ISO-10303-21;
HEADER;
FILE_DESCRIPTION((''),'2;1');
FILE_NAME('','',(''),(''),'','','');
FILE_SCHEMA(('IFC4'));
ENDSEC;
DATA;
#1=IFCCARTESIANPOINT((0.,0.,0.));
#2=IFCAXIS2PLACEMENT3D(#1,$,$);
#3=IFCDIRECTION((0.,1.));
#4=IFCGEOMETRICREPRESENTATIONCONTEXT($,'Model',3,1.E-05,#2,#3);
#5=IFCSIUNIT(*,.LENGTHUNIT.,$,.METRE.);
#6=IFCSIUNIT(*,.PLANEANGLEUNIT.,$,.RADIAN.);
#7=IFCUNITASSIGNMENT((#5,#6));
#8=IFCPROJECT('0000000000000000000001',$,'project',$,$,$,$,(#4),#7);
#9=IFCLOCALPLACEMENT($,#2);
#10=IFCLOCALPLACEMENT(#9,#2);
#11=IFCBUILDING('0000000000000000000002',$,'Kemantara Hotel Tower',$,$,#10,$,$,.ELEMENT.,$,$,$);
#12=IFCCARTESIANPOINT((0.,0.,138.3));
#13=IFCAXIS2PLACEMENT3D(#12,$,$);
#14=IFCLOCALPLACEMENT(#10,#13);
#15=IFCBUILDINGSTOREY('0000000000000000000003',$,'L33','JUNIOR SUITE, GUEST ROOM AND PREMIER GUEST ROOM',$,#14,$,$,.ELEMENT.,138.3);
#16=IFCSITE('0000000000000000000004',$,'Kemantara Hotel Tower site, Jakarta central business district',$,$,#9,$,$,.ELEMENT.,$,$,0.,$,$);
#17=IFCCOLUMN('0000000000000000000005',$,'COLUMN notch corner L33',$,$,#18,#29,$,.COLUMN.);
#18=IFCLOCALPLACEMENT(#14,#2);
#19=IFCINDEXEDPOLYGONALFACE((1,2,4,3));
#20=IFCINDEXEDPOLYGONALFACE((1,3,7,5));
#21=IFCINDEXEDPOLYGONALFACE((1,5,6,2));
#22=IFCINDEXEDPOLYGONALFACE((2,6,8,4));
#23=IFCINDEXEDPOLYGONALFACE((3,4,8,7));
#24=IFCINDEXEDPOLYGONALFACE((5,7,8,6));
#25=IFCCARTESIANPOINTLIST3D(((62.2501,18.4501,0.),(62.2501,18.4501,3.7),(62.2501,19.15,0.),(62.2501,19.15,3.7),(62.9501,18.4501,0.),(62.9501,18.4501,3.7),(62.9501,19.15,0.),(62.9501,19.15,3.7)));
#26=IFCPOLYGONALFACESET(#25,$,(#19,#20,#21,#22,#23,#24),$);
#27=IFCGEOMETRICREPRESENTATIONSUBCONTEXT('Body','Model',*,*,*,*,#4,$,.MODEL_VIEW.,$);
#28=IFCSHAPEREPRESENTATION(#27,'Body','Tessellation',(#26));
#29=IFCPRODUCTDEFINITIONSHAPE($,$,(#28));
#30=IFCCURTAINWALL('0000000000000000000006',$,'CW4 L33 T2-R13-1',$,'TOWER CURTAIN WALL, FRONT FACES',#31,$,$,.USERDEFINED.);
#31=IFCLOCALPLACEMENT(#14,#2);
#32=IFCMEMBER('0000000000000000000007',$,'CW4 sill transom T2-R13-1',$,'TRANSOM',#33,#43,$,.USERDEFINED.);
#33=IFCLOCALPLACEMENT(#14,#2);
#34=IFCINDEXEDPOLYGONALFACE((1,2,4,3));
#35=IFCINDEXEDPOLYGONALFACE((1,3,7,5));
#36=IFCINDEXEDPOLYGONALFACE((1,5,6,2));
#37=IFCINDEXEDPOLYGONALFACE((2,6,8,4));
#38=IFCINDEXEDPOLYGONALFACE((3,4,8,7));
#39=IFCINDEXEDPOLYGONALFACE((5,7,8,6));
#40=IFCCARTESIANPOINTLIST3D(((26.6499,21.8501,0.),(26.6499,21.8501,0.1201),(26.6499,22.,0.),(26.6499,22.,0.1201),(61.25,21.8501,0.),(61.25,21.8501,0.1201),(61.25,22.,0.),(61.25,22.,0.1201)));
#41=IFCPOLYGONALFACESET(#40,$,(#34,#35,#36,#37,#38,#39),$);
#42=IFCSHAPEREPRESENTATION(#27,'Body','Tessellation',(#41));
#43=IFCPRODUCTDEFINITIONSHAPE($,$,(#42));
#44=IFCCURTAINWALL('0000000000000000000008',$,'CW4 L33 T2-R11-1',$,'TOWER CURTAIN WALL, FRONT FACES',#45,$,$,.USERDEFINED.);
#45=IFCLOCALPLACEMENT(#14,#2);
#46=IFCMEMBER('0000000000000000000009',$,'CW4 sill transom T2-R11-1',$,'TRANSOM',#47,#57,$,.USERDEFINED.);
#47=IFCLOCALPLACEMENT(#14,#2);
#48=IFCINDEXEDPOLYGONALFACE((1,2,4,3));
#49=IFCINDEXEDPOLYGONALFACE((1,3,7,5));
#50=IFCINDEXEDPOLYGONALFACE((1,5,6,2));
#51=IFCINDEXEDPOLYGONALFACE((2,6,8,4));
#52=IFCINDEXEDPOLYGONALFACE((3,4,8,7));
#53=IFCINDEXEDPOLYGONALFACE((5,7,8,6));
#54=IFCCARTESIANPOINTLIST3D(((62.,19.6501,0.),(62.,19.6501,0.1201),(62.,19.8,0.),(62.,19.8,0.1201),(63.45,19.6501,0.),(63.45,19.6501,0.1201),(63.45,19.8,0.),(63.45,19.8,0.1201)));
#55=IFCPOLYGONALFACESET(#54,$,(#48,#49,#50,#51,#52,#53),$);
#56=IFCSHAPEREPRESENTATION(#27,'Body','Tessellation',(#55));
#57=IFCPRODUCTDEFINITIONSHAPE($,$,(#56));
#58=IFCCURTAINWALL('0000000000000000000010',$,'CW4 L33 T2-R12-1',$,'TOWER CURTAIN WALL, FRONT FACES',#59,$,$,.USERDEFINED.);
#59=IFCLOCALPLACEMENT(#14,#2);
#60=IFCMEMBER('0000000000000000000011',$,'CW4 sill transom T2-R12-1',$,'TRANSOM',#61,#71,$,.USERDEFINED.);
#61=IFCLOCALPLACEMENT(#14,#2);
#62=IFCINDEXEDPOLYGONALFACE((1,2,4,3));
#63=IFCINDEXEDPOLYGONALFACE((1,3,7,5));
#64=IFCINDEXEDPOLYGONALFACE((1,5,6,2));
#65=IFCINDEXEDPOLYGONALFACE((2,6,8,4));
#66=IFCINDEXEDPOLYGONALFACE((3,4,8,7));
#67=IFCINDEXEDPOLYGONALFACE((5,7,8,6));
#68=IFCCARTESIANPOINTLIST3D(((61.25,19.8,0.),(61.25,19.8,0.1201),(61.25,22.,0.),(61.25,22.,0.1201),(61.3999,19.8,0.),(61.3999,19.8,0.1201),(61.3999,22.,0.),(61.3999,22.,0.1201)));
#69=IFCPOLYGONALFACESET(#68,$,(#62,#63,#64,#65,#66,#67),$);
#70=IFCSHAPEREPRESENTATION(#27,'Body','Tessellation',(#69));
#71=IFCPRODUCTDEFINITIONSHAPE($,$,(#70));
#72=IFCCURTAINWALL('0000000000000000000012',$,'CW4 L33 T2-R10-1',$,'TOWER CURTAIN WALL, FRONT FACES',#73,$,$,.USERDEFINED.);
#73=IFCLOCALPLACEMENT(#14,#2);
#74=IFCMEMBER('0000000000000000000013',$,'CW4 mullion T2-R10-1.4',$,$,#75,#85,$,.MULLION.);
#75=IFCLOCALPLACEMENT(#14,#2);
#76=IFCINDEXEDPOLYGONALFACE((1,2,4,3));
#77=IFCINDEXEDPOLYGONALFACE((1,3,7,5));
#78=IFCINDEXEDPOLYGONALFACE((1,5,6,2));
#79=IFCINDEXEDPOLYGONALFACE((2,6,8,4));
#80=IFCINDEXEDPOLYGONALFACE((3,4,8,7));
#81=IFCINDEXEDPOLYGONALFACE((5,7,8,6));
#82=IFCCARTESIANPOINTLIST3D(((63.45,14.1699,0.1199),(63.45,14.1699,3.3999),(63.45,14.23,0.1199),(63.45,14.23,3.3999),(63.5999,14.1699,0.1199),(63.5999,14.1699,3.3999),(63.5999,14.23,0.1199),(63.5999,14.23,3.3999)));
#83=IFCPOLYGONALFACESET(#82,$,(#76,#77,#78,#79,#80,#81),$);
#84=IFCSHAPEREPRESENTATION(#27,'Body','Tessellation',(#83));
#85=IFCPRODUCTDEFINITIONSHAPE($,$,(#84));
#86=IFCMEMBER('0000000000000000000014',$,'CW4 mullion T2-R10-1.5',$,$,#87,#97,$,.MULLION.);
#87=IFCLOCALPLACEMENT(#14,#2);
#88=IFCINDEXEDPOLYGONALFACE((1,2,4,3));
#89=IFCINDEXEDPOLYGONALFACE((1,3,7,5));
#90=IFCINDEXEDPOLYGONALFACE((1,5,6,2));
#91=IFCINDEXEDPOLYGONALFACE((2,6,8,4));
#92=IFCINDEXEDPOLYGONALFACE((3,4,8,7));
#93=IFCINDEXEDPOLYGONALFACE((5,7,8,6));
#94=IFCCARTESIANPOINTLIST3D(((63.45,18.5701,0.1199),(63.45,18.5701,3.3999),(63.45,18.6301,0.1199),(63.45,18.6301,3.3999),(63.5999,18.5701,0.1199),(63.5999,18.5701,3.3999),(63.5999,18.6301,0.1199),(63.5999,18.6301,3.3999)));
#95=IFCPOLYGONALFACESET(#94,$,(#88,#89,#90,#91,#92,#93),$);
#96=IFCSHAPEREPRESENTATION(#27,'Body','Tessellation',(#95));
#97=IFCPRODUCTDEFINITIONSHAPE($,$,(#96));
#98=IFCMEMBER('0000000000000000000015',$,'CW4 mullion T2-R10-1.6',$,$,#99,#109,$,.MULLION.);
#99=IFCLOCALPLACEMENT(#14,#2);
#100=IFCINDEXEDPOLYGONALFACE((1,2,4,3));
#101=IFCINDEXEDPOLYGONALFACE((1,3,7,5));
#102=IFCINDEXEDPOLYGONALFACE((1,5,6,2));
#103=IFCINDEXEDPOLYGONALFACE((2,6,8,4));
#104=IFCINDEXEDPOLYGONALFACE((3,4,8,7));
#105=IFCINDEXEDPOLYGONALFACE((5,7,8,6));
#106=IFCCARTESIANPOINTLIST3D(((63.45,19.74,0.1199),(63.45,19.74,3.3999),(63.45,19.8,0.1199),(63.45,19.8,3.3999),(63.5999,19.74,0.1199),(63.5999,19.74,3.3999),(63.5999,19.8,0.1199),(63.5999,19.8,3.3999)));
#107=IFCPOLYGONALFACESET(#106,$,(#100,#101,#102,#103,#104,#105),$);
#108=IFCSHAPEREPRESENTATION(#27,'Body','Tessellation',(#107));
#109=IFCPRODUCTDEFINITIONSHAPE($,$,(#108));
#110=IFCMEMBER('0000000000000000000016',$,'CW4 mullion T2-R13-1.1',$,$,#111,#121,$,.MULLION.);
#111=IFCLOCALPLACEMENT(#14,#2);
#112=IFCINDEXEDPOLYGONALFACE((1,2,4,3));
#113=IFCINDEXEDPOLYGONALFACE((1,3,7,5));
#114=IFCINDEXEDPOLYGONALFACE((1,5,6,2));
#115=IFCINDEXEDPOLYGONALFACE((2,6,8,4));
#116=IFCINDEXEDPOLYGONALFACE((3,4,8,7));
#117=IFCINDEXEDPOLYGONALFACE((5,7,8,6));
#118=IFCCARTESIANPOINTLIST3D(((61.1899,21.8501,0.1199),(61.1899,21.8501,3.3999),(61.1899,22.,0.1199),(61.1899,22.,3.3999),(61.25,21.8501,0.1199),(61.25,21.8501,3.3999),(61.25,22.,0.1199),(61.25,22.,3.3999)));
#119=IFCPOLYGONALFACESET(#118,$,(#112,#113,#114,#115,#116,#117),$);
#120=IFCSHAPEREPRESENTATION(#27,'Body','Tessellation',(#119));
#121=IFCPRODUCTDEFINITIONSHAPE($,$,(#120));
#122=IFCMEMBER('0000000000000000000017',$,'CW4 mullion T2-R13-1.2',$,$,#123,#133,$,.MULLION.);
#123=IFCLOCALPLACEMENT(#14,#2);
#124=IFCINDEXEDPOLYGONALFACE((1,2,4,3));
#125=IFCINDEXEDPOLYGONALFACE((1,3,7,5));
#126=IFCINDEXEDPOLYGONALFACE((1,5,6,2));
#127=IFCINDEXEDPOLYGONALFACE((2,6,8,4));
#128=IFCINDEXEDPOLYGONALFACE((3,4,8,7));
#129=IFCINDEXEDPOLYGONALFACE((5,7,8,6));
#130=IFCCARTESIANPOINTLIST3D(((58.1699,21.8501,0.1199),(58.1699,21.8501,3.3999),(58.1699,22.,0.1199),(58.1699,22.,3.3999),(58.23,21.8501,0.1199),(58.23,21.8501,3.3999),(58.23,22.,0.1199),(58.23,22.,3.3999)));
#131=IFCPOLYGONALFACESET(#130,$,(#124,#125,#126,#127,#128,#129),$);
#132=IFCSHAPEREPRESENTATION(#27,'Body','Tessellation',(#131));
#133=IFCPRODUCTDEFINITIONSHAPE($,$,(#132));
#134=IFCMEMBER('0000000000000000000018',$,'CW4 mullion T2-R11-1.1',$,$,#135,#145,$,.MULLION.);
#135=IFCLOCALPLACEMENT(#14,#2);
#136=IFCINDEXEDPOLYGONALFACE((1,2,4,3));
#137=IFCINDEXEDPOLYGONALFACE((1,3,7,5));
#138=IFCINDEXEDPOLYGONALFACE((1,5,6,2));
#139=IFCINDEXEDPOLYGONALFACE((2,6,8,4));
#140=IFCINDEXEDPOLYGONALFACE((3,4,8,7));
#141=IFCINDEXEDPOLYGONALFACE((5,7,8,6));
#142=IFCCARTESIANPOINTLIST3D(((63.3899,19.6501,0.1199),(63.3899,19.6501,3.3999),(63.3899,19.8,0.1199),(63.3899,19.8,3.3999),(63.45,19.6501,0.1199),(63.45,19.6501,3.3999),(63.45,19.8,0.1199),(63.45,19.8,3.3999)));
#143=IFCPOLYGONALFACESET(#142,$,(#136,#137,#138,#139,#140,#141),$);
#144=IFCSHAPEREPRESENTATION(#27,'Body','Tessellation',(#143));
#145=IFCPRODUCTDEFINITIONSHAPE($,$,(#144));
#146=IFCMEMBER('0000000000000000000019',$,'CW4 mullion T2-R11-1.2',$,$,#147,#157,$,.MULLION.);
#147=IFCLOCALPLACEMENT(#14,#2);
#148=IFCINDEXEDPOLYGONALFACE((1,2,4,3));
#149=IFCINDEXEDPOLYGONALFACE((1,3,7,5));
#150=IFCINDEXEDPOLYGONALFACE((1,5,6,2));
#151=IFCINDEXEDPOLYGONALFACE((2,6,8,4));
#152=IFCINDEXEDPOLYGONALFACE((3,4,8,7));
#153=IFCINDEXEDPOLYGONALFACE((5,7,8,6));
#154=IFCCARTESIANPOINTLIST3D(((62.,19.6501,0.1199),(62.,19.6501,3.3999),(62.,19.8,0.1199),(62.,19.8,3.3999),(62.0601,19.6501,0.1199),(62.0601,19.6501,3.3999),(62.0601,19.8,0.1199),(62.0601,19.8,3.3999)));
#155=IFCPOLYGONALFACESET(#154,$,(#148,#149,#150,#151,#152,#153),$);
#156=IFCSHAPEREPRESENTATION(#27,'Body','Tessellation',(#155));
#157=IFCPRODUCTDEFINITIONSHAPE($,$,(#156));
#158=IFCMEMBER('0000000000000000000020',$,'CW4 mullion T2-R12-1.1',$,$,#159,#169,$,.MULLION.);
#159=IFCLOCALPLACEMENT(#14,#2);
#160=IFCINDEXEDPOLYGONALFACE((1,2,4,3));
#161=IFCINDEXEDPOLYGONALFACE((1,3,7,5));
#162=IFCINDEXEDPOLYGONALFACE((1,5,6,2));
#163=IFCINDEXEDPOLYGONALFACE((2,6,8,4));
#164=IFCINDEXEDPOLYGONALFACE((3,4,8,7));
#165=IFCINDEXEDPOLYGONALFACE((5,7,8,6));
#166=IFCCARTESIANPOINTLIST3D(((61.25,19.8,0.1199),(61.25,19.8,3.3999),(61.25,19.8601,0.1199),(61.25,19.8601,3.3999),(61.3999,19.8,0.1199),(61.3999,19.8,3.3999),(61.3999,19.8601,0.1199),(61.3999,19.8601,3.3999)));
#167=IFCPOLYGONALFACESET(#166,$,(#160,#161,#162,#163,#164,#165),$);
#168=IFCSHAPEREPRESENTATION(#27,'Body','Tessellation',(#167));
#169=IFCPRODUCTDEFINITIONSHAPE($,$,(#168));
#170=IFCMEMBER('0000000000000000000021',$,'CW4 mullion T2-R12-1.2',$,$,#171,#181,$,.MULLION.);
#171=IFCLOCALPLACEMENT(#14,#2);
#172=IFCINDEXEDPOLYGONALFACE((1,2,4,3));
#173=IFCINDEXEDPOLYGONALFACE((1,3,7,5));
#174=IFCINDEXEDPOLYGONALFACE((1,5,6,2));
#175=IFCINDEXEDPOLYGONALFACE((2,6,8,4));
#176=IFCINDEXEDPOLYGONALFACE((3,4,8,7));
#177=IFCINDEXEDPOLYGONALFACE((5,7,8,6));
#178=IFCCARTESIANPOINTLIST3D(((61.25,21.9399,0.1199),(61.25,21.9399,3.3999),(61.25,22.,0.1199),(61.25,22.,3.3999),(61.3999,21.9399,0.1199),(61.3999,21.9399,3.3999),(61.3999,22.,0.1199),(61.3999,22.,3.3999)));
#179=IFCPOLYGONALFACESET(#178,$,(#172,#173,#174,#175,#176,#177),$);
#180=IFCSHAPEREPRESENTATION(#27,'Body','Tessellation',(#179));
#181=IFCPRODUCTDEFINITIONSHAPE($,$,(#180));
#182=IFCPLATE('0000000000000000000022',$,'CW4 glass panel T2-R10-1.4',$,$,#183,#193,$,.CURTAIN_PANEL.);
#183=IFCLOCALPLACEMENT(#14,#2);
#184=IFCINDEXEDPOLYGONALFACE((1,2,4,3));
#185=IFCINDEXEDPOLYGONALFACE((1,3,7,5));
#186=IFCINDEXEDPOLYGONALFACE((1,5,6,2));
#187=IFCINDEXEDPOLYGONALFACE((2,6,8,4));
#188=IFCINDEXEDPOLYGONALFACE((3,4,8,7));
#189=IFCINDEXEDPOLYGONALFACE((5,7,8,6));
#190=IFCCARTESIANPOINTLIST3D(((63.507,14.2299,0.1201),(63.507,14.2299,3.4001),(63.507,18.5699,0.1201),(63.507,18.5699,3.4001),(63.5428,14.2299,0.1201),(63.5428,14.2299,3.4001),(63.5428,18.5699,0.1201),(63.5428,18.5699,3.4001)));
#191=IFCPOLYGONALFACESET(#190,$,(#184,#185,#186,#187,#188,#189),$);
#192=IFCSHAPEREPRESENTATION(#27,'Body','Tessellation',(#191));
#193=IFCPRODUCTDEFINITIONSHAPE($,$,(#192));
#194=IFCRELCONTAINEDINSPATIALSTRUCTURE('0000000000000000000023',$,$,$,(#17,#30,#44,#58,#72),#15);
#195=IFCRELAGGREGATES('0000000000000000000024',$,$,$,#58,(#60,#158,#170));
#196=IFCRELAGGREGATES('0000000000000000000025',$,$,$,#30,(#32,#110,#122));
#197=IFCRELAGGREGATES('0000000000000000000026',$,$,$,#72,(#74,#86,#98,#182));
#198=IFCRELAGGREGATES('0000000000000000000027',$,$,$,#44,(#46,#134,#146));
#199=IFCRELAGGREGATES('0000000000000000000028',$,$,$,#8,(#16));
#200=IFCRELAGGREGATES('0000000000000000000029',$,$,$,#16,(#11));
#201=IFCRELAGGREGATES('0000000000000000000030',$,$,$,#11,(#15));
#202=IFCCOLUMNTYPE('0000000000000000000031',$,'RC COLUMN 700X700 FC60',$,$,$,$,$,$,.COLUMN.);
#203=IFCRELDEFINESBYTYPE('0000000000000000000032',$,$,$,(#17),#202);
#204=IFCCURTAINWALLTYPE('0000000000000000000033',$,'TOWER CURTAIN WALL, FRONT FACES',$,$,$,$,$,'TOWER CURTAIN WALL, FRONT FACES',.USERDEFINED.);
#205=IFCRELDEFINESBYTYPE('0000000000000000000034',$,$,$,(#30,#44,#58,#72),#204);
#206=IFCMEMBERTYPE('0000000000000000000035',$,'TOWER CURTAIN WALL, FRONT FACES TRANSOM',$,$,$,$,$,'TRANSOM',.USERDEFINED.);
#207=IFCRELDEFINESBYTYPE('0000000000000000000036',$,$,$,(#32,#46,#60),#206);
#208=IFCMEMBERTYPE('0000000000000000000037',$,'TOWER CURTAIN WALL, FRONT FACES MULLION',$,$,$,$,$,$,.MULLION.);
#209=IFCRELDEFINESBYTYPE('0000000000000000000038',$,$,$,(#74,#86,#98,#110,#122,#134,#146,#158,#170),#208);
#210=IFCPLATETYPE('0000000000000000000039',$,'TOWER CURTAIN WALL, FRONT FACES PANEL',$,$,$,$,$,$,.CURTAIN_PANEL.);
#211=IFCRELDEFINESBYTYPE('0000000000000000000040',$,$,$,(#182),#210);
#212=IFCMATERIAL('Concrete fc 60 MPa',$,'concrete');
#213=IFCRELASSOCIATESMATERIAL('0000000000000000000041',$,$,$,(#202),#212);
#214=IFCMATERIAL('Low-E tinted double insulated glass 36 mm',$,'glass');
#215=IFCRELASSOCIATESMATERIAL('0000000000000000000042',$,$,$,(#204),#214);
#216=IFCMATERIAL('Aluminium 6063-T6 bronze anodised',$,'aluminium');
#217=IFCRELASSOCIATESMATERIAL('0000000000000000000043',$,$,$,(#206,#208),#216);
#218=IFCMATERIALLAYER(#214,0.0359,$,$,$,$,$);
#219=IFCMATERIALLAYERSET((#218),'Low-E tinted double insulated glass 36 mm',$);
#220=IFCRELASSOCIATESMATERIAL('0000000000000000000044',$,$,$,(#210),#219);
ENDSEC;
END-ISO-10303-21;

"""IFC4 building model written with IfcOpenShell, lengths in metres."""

from ifc_helpers import new_model, si_unit, direction, frame, origin, origin_2d, place, context, subcontext, project, spatial, rectangle, extrude, source, transform, mapped, material, layer, layer_set, material_profile, profile_set, type_object, element, aggregate, save


model = new_model("IFC4")

# Units and contexts
model_context = context("Model", 3, precision=1e-05, world=origin(), true_north=direction((0.0, 1.0)))
body_context = subcontext(model_context, "Body", "Model", "MODEL_VIEW")
ifc_project = project(units=[si_unit("LENGTHUNIT", "METRE"), si_unit("PLANEANGLEUNIT", "RADIAN")], contexts=[model_context])

# Site, building, storey
site_placement = place(None, origin())
site = spatial("IfcSite", under=ifc_project, at=site_placement, Name="Kemantara Hotel Tower site, Jakarta central business district", CompositionType="ELEMENT", RefElevation=0.0)
building_placement = place(site_placement, origin())
building = spatial("IfcBuilding", under=site, at=building_placement, Name="Kemantara Hotel Tower", CompositionType="ELEMENT")
storey_placement = place(building_placement, frame((0.0, 0.0, 138.3)))
storey = spatial("IfcBuildingStorey", under=building, at=storey_placement, Name="L33", Description="JUNIOR SUITE, GUEST ROOM AND PREMIER GUEST ROOM", CompositionType="ELEMENT", Elevation=138.3)

# Column
ifc_material_1 = material(Name="Concrete fc 60 MPa", Category="concrete")
ifc_material_profile_1 = material_profile(ifc_material_1, rectangle(XDim=0.7, YDim=0.7, at=origin_2d()), Name="RC 700X700")
ifc_profile_set_1 = profile_set([ifc_material_profile_1], Name="Concrete fc 60 MPa")
column_type = type_object("IfcColumnType", Name="RC COLUMN 700X700 FC60", PredefinedType="COLUMN", material=ifc_profile_set_1)
column_placement = place(storey_placement, frame((62.6001, 18.8, 0.0), z_axis=(0.0, 0.0, 1.0), x_axis=(1.0, 0.0, 0.0)))
element("IfcColumn", 1, at=column_placement, inside=storey, type_object=column_type, Name="COLUMN notch corner L33", PredefinedType="COLUMN", context=body_context, shape_type="SweptSolid", body=[
    extrude(rectangle(XDim=0.7, YDim=0.7, at=origin_2d()), origin(), (0.0, 0.0, 1.0), 3.7),
])

# Curtain walls, members
ifc_material_2 = material(Name="Low-E tinted double insulated glass 36 mm", Category="glass")
curtain_wall_type = type_object("IfcCurtainWallType", Name="TOWER CURTAIN WALL, FRONT FACES", ElementType="TOWER CURTAIN WALL, FRONT FACES", PredefinedType="USERDEFINED", material=ifc_material_2)
curtain_wall_1_placement = place(storey_placement, origin())
curtain_wall_1 = element("IfcCurtainWall", 2, at=curtain_wall_1_placement, inside=storey, type_object=curtain_wall_type, Name="CW4 L33 T2-R13-1", ObjectType="TOWER CURTAIN WALL, FRONT FACES", PredefinedType="USERDEFINED")
ifc_material_3 = material(Name="Aluminium 6063-T6 bronze anodised", Category="aluminium")
ifc_material_profile_2 = material_profile(ifc_material_3, rectangle(XDim=0.1499, YDim=0.1201, at=origin_2d()), Name="TOWER CURTAIN WALL, FRONT FACES TRANSOM")
ifc_profile_set_2 = profile_set([ifc_material_profile_2], Name="Aluminium 6063-T6 bronze anodised")
member_type_1 = type_object("IfcMemberType", Name="TOWER CURTAIN WALL, FRONT FACES TRANSOM", ElementType="TRANSOM", PredefinedType="USERDEFINED", material=ifc_profile_set_2)
member_1_placement = place(storey_placement, frame((61.25, 21.925, 0.0601), z_axis=(-1.0, 0.0, 0.0), x_axis=(0.0, -1.0, 0.0)))
member_1 = element("IfcMember", 3, at=member_1_placement, type_object=member_type_1, Name="CW4 sill transom T2-R13-1", ObjectType="TRANSOM", PredefinedType="USERDEFINED", context=body_context, shape_type="SweptSolid", body=[
    extrude(rectangle(XDim=0.1499, YDim=0.1201, at=origin_2d()), origin(), (0.0, 0.0, 1.0), 34.6001),
])
curtain_wall_2_placement = place(storey_placement, origin())
curtain_wall_2 = element("IfcCurtainWall", 4, at=curtain_wall_2_placement, inside=storey, type_object=curtain_wall_type, Name="CW4 L33 T2-R11-1", ObjectType="TOWER CURTAIN WALL, FRONT FACES", PredefinedType="USERDEFINED")
member_2_placement = place(storey_placement, frame((63.45, 19.7251, 0.0601), z_axis=(-1.0, 0.0, 0.0), x_axis=(0.0, -1.0, 0.0)))
member_2 = element("IfcMember", 5, at=member_2_placement, type_object=member_type_1, Name="CW4 sill transom T2-R11-1", ObjectType="TRANSOM", PredefinedType="USERDEFINED", context=body_context, shape_type="SweptSolid", body=[
    extrude(rectangle(XDim=0.1499, YDim=0.1201, at=origin_2d()), origin(), (0.0, 0.0, 1.0), 1.45),
])
curtain_wall_3_placement = place(storey_placement, origin())
curtain_wall_3 = element("IfcCurtainWall", 6, at=curtain_wall_3_placement, inside=storey, type_object=curtain_wall_type, Name="CW4 L33 T2-R12-1", ObjectType="TOWER CURTAIN WALL, FRONT FACES", PredefinedType="USERDEFINED")
member_3_placement = place(storey_placement, frame((61.325, 19.8, 0.0601), z_axis=(0.0, 1.0, 0.0), x_axis=(-1.0, 0.0, 0.0)))
member_3 = element("IfcMember", 7, at=member_3_placement, type_object=member_type_1, Name="CW4 sill transom T2-R12-1", ObjectType="TRANSOM", PredefinedType="USERDEFINED", context=body_context, shape_type="SweptSolid", body=[
    extrude(rectangle(XDim=0.1499, YDim=0.1201, at=origin_2d()), origin(), (0.0, 0.0, 1.0), 2.2),
])

# Curtain wall, members
curtain_wall_4_placement = place(storey_placement, origin())
curtain_wall_4 = element("IfcCurtainWall", 8, at=curtain_wall_4_placement, inside=storey, type_object=curtain_wall_type, Name="CW4 L33 T2-R10-1", ObjectType="TOWER CURTAIN WALL, FRONT FACES", PredefinedType="USERDEFINED")
ifc_material_profile_3 = material_profile(ifc_material_3, rectangle(XDim=0.1499, YDim=0.0601, at=origin_2d()), Name="TOWER CURTAIN WALL, FRONT FACES MULLION")
ifc_profile_set_3 = profile_set([ifc_material_profile_3], Name="Aluminium 6063-T6 bronze anodised")
member_type_2 = type_object("IfcMemberType", Name="TOWER CURTAIN WALL, FRONT FACES MULLION", PredefinedType="MULLION", material=ifc_profile_set_3)
shared_shape_1 = source(origin(), body_context, "Body", "SweptSolid", [
    extrude(rectangle(XDim=0.1499, YDim=0.0601, at=origin_2d()), origin(), (0.0, 0.0, 1.0), 3.28),
])
member_4_placement = place(storey_placement, frame((63.5249, 14.2, 0.1199), z_axis=(0.0, 0.0, 1.0), x_axis=(-1.0, 0.0, 0.0)))
member_4 = element("IfcMember", 9, at=member_4_placement, type_object=member_type_2, Name="CW4 mullion T2-R10-1.4", PredefinedType="MULLION", context=body_context, shape_type="MappedRepresentation", body=[
    mapped(shared_shape_1, transform((0.0, 0.0, 0.0))),
])
member_5_placement = place(storey_placement, frame((63.5249, 18.6001, 0.1199), z_axis=(0.0, 0.0, 1.0), x_axis=(-1.0, 0.0, 0.0)))
member_5 = element("IfcMember", 10, at=member_5_placement, type_object=member_type_2, Name="CW4 mullion T2-R10-1.5", PredefinedType="MULLION", context=body_context, shape_type="MappedRepresentation", body=[
    mapped(shared_shape_1, transform((0.0, 0.0, 0.0))),
])
member_6_placement = place(storey_placement, frame((63.5249, 19.77, 0.1199), z_axis=(0.0, 0.0, 1.0), x_axis=(-1.0, 0.0, 0.0)))
member_6 = element("IfcMember", 11, at=member_6_placement, type_object=member_type_2, Name="CW4 mullion T2-R10-1.6", PredefinedType="MULLION", context=body_context, shape_type="MappedRepresentation", body=[
    mapped(shared_shape_1, transform((0.0, 0.0, 0.0))),
])

# Members
member_7_placement = place(storey_placement, frame((61.22, 21.925, 0.1199), z_axis=(0.0, 0.0, 1.0), x_axis=(0.0, -1.0, 0.0)))
member_7 = element("IfcMember", 12, at=member_7_placement, type_object=member_type_2, Name="CW4 mullion T2-R13-1.1", PredefinedType="MULLION", context=body_context, shape_type="MappedRepresentation", body=[
    mapped(shared_shape_1, transform((0.0, 0.0, 0.0))),
])
member_8_placement = place(storey_placement, frame((58.2, 21.925, 0.1199), z_axis=(0.0, 0.0, 1.0), x_axis=(0.0, -1.0, 0.0)))
member_8 = element("IfcMember", 13, at=member_8_placement, type_object=member_type_2, Name="CW4 mullion T2-R13-1.2", PredefinedType="MULLION", context=body_context, shape_type="MappedRepresentation", body=[
    mapped(shared_shape_1, transform((0.0, 0.0, 0.0))),
])
member_9_placement = place(storey_placement, frame((63.4199, 19.7251, 0.1199), z_axis=(0.0, 0.0, 1.0), x_axis=(0.0, -1.0, 0.0)))
member_9 = element("IfcMember", 14, at=member_9_placement, type_object=member_type_2, Name="CW4 mullion T2-R11-1.1", PredefinedType="MULLION", context=body_context, shape_type="MappedRepresentation", body=[
    mapped(shared_shape_1, transform((0.0, 0.0, 0.0))),
])
member_10_placement = place(storey_placement, frame((62.03, 19.7251, 0.1199), z_axis=(0.0, 0.0, 1.0), x_axis=(0.0, -1.0, 0.0)))
member_10 = element("IfcMember", 15, at=member_10_placement, type_object=member_type_2, Name="CW4 mullion T2-R11-1.2", PredefinedType="MULLION", context=body_context, shape_type="MappedRepresentation", body=[
    mapped(shared_shape_1, transform((0.0, 0.0, 0.0))),
])
member_11_placement = place(storey_placement, frame((61.325, 19.8301, 0.1199), z_axis=(0.0, 0.0, 1.0), x_axis=(-1.0, 0.0, 0.0)))
member_11 = element("IfcMember", 16, at=member_11_placement, type_object=member_type_2, Name="CW4 mullion T2-R12-1.1", PredefinedType="MULLION", context=body_context, shape_type="MappedRepresentation", body=[
    mapped(shared_shape_1, transform((0.0, 0.0, 0.0))),
])
member_12_placement = place(storey_placement, frame((61.325, 21.97, 0.1199), z_axis=(0.0, 0.0, 1.0), x_axis=(-1.0, 0.0, 0.0)))
member_12 = element("IfcMember", 17, at=member_12_placement, type_object=member_type_2, Name="CW4 mullion T2-R12-1.2", PredefinedType="MULLION", context=body_context, shape_type="MappedRepresentation", body=[
    mapped(shared_shape_1, transform((0.0, 0.0, 0.0))),
])

# Plate
ifc_layer_1 = layer(ifc_material_2, 0.0359)
ifc_layer_set_1 = layer_set([ifc_layer_1], Name="Low-E tinted double insulated glass 36 mm")
plate_type = type_object("IfcPlateType", Name="TOWER CURTAIN WALL, FRONT FACES PANEL", PredefinedType="CURTAIN_PANEL", material=ifc_layer_set_1)
shared_shape_2 = source(origin(), body_context, "Body", "SweptSolid", [
    extrude(rectangle(XDim=4.3401, YDim=0.0359, at=origin_2d()), origin(), (0.0, 0.0, 1.0), 3.28),
])
plate_1_placement = place(storey_placement, frame((63.5249, 16.3999, 0.1201), z_axis=(0.0, 0.0, 1.0), x_axis=(0.0, 1.0, 0.0)))
plate_1 = element("IfcPlate", 18, at=plate_1_placement, type_object=plate_type, Name="CW4 glass panel T2-R10-1.4", PredefinedType="CURTAIN_PANEL", context=body_context, shape_type="MappedRepresentation", body=[
    mapped(shared_shape_2, transform((0.0, 0.0, 0.0))),
])
aggregate(curtain_wall_3, [member_3, member_11, member_12])
aggregate(curtain_wall_1, [member_1, member_7, member_8])
aggregate(curtain_wall_4, [member_4, member_5, member_6, plate_1])
aggregate(curtain_wall_2, [member_2, member_9, member_10])

save(model, "model.ifc")
